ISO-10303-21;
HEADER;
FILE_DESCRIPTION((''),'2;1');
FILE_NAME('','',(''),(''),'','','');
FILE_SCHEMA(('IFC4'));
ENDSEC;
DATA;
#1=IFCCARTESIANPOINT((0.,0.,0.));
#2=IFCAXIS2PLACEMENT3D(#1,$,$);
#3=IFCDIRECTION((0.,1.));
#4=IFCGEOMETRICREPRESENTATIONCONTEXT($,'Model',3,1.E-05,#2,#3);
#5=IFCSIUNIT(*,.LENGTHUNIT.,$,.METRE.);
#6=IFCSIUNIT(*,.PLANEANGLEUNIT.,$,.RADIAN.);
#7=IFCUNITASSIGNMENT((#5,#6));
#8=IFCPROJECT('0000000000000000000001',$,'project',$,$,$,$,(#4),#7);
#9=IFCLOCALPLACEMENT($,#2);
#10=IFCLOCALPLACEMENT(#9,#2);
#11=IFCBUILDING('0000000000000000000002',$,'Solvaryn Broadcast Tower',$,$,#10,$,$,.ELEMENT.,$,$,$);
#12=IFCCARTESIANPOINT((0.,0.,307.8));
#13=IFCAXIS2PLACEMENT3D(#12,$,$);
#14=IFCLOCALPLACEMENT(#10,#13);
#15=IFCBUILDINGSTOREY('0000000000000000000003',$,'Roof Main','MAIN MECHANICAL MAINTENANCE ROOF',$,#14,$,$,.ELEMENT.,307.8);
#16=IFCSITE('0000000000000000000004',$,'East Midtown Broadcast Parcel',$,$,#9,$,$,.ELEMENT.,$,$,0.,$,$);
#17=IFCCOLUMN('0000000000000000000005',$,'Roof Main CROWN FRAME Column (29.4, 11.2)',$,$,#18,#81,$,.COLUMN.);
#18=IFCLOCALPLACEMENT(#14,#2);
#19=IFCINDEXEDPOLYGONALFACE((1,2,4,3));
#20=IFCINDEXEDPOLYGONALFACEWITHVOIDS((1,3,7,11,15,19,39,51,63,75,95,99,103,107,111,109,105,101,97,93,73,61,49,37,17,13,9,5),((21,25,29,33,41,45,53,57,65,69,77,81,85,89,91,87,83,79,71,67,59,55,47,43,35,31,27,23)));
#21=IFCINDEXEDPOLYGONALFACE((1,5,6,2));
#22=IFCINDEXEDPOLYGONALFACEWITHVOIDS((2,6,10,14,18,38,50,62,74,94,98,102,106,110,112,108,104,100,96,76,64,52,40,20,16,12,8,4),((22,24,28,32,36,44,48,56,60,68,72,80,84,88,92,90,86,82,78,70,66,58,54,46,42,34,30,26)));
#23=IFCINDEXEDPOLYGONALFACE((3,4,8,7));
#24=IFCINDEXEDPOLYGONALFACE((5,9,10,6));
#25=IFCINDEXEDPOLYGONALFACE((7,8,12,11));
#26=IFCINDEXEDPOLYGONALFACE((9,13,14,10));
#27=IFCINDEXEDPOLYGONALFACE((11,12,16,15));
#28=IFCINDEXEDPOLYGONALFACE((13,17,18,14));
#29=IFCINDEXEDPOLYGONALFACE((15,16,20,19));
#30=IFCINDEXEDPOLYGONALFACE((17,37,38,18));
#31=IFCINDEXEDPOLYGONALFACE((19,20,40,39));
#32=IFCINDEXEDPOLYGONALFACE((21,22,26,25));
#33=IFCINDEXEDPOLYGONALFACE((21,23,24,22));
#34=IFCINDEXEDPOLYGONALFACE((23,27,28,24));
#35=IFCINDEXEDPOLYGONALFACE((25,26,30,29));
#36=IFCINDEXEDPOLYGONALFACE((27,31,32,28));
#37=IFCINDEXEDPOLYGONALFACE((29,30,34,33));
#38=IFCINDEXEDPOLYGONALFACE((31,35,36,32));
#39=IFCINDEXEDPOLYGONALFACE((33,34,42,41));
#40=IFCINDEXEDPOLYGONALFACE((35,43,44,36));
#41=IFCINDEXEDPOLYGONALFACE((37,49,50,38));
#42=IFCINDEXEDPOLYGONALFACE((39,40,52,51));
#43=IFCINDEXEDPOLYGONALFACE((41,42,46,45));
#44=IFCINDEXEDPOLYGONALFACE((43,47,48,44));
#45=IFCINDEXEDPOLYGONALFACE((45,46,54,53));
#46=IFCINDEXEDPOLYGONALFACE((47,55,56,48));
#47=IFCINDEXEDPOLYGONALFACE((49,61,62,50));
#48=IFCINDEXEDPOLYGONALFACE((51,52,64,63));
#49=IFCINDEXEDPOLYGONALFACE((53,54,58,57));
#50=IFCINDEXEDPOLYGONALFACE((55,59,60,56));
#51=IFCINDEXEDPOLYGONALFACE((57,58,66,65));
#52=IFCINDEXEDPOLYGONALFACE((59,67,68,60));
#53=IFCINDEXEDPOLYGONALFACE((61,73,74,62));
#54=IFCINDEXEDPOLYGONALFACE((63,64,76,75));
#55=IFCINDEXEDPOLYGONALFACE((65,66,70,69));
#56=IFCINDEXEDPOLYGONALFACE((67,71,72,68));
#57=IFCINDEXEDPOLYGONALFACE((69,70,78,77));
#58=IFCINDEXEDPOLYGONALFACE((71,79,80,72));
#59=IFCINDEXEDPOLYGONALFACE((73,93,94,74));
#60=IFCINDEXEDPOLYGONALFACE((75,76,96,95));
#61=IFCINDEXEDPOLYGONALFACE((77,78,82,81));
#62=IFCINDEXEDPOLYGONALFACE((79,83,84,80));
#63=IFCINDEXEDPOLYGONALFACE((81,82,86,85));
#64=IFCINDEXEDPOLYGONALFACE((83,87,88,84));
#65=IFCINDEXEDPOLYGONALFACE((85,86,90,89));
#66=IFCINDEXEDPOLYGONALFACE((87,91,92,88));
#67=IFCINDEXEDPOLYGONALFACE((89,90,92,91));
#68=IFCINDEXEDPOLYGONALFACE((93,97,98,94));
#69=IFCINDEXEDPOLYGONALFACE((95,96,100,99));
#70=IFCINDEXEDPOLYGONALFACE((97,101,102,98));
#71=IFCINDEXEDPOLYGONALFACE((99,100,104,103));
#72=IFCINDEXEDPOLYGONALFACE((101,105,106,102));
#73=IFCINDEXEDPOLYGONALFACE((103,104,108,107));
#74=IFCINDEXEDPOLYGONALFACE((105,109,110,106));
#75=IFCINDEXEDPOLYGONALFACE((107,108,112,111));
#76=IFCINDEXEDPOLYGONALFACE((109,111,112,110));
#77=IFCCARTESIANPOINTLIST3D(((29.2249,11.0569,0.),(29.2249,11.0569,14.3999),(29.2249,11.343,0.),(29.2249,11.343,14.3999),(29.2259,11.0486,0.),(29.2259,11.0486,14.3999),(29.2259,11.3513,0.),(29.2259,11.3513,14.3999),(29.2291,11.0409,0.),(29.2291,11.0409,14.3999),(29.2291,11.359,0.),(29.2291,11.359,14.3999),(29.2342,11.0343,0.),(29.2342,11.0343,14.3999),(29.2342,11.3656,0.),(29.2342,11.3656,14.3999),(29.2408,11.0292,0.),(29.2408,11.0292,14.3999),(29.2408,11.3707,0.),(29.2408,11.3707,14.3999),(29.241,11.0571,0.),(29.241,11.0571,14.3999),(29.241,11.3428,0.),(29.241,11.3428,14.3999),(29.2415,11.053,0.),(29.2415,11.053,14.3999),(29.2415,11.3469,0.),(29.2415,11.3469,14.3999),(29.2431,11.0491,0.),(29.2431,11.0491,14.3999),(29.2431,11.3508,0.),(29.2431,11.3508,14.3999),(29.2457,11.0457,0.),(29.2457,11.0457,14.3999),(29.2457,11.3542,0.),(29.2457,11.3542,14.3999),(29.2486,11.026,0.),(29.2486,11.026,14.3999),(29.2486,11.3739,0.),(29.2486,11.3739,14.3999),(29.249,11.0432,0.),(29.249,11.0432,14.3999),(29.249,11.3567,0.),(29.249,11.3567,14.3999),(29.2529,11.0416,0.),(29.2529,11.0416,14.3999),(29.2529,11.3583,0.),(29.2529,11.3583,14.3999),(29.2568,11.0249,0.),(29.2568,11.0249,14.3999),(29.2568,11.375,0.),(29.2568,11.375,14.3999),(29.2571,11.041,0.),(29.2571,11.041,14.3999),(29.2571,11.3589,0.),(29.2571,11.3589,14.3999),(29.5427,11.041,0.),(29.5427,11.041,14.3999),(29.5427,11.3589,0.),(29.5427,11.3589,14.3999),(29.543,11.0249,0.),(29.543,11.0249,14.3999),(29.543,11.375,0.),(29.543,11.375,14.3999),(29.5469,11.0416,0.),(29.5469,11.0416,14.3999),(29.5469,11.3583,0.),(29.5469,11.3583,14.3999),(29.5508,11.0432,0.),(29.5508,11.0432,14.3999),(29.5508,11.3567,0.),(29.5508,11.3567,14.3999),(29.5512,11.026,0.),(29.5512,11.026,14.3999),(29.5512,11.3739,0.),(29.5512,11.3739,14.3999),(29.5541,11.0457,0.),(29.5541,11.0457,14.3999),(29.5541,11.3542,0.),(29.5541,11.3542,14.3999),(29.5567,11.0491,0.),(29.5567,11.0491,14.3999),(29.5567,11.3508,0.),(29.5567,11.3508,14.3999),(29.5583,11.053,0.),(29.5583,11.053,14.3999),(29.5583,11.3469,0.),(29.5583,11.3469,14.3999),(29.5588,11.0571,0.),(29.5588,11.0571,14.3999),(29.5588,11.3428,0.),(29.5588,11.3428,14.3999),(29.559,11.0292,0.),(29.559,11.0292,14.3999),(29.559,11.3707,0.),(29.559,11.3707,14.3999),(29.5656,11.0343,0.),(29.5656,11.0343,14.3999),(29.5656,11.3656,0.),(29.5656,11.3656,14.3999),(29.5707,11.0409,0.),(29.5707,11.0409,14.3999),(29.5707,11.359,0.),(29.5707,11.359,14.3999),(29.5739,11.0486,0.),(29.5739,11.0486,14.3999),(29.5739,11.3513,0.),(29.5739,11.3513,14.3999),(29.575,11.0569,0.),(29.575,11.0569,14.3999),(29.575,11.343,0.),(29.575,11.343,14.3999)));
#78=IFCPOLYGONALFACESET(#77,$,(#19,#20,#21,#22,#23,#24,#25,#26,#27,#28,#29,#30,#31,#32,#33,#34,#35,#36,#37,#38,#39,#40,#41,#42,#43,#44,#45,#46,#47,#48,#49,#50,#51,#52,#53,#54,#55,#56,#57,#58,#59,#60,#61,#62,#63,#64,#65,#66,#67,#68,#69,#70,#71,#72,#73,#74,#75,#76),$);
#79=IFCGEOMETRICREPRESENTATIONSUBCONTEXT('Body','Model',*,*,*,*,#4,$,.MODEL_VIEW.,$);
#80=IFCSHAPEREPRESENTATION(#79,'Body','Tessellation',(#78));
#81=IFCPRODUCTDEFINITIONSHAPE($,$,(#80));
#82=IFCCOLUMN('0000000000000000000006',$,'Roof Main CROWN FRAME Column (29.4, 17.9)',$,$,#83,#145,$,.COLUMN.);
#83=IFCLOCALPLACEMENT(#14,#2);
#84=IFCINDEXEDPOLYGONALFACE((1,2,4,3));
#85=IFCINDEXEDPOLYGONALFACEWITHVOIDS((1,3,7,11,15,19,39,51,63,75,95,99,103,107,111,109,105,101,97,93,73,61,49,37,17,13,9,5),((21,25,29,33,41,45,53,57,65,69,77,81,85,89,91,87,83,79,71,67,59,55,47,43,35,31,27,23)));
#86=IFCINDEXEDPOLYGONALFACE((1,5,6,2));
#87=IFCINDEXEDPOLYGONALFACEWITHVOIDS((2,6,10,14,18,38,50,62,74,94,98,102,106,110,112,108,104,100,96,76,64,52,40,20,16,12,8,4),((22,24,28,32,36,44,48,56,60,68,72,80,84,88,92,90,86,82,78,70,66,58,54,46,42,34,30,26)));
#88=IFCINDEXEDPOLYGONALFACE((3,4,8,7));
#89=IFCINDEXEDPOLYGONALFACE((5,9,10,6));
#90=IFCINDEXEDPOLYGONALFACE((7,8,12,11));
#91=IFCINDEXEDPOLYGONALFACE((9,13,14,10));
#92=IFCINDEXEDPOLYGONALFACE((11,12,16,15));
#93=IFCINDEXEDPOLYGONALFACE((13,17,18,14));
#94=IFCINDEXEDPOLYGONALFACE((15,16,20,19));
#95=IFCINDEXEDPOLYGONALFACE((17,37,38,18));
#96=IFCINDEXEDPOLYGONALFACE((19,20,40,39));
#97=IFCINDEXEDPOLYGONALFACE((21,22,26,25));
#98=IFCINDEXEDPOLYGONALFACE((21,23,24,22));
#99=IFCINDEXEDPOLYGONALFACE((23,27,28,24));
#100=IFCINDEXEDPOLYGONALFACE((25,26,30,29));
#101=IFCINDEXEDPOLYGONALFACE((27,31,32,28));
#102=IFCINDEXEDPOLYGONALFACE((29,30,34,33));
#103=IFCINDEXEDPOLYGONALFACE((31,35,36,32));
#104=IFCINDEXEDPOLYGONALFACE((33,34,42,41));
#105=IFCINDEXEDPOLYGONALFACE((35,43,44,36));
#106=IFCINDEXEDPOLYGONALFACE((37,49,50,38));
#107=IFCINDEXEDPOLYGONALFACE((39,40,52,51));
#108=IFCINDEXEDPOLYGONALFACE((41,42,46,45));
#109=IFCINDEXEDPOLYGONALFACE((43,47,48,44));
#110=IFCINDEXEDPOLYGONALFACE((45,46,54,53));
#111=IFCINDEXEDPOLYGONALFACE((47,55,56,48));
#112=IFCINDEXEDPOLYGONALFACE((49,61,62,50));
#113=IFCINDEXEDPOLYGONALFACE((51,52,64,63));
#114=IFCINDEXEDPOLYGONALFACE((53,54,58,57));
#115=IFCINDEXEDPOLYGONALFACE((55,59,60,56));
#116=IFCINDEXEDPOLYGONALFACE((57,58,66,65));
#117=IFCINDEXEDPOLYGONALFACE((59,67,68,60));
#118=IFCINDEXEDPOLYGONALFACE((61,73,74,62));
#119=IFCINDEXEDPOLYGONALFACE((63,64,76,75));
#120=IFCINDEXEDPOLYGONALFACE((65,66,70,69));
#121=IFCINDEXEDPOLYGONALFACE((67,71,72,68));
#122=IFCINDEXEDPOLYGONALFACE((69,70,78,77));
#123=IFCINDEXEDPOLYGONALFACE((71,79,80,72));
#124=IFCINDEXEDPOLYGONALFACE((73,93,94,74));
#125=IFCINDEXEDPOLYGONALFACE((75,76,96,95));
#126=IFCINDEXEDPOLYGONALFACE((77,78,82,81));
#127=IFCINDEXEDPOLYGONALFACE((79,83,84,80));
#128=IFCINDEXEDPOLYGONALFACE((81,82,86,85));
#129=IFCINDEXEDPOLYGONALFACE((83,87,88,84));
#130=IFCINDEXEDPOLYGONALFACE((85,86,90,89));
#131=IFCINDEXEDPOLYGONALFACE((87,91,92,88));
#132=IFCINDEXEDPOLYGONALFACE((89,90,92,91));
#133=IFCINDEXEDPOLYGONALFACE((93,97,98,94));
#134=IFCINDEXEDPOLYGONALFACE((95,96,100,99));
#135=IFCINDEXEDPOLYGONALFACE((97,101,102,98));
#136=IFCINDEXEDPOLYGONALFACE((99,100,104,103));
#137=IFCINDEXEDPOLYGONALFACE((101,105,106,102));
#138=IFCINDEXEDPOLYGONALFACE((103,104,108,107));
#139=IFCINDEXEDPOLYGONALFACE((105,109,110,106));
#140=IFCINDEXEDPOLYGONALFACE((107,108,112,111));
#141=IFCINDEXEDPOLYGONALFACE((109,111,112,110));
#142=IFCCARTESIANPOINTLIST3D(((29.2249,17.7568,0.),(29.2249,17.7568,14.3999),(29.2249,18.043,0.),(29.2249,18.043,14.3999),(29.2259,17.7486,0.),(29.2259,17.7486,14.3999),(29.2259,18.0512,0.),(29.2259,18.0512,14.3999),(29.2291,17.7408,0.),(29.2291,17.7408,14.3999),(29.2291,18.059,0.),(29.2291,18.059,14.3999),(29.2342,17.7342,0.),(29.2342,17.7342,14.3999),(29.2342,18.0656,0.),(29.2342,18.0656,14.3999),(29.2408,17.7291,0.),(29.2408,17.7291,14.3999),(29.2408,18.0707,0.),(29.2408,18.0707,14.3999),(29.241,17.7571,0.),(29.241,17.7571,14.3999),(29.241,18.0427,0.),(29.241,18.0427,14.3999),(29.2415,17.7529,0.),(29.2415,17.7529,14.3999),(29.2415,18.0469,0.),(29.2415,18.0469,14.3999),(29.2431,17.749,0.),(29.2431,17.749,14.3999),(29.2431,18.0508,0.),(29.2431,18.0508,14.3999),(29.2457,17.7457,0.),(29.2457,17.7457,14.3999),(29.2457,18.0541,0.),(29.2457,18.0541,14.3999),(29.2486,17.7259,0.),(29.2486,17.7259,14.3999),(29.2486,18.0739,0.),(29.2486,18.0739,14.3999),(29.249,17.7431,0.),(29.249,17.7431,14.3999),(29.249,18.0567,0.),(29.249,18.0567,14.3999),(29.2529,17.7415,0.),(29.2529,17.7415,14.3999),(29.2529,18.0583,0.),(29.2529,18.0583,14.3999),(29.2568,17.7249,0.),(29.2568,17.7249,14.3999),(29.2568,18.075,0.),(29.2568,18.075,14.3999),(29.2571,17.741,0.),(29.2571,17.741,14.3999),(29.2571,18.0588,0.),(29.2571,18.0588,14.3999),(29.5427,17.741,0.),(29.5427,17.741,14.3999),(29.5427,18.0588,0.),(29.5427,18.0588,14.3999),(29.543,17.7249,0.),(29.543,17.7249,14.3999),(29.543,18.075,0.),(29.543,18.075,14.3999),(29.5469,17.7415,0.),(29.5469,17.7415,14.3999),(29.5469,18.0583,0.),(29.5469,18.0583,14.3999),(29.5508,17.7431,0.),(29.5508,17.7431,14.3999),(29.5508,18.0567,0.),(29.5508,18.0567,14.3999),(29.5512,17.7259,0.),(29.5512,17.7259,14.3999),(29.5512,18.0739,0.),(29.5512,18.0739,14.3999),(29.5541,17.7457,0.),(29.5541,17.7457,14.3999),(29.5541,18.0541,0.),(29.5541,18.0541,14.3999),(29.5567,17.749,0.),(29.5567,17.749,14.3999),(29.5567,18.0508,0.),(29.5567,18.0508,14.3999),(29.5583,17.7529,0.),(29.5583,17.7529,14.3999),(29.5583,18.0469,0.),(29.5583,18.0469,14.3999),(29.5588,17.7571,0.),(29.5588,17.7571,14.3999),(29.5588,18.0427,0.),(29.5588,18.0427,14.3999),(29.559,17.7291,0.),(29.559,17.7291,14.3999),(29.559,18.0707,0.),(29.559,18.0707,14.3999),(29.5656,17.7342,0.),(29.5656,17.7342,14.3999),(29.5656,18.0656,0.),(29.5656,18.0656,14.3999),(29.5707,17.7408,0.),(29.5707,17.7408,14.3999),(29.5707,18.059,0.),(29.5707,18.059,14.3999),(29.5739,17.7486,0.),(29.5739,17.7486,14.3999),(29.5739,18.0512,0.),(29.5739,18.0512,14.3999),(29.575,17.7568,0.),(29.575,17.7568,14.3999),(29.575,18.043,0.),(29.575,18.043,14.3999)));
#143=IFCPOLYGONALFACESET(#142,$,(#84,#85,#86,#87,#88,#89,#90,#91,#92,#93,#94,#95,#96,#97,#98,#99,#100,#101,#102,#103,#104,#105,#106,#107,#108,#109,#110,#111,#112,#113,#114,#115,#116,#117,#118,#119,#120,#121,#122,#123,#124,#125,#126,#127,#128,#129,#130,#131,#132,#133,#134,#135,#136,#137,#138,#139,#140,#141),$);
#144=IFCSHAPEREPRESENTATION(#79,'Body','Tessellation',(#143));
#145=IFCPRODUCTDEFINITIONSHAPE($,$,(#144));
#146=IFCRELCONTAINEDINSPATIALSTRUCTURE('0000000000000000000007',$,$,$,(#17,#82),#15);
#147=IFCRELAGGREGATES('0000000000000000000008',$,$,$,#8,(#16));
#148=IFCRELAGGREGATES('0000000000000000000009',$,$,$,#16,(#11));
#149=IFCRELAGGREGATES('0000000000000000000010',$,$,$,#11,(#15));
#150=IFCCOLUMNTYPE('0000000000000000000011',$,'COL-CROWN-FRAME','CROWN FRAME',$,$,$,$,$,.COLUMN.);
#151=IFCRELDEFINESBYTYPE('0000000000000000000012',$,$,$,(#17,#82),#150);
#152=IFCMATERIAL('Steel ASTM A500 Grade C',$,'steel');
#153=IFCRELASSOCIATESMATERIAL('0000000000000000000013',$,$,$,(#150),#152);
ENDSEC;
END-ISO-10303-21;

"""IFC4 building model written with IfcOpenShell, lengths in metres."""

from ifc_helpers import new_model, si_unit, direction, frame, origin, origin_2d, place, context, subcontext, project, spatial, hollow_rectangle, extrude, material, material_profile, profile_set, type_object, element, save


model = new_model("IFC4")

# Units and contexts
model_context = context("Model", 3, precision=1e-05, world=origin(), true_north=direction((0.0, 1.0)))
body_context = subcontext(model_context, "Body", "Model", "MODEL_VIEW")
ifc_project = project(units=[si_unit("LENGTHUNIT", "METRE"), si_unit("PLANEANGLEUNIT", "RADIAN")], contexts=[model_context])

# Site, building, storey
site_placement = place(None, origin())
site = spatial("IfcSite", under=ifc_project, at=site_placement, Name="East Midtown Broadcast Parcel", CompositionType="ELEMENT", RefElevation=0.0)
building_placement = place(site_placement, origin())
building = spatial("IfcBuilding", under=site, at=building_placement, Name="Solvaryn Broadcast Tower", CompositionType="ELEMENT")
storey_placement = place(building_placement, frame((0.0, 0.0, 307.8)))
storey = spatial("IfcBuildingStorey", under=building, at=storey_placement, Name="Roof Main", Description="MAIN MECHANICAL MAINTENANCE ROOF", CompositionType="ELEMENT", Elevation=307.8)

# Columns
ifc_material_1 = material(Name="Steel ASTM A500 Grade C", Category="steel")
ifc_material_profile_1 = material_profile(ifc_material_1, hollow_rectangle(XDim=0.3501, YDim=0.3501, WallThickness=0.0161, InnerFilletRadius=0.0161, OuterFilletRadius=0.032, at=origin_2d()))
ifc_profile_set_1 = profile_set([ifc_material_profile_1], Name="Steel ASTM A500 Grade C")
column_type = type_object("IfcColumnType", Name="COL-CROWN-FRAME", Description="CROWN FRAME", PredefinedType="COLUMN", material=ifc_profile_set_1)
for number, where, z_axis, x_axis, name in (
    (1, (29.3999, 11.2, 0.0), (0.0, 0.0, 1.0), (1.0, 0.0, 0.0), "Roof Main CROWN FRAME Column (29.4, 11.2)"),
    (2, (29.3999, 17.8999, 0.0), (0.0, 0.0, 1.0), (1.0, 0.0, 0.0), "Roof Main CROWN FRAME Column (29.4, 17.9)"),
):
    element("IfcColumn", number, at=place(storey_placement, frame(where, z_axis=z_axis, x_axis=x_axis)), inside=storey, type_object=column_type, Name=name, PredefinedType="COLUMN", context=body_context, shape_type="SweptSolid", body=[
        extrude(hollow_rectangle(XDim=0.3501, YDim=0.3501, WallThickness=0.0161, InnerFilletRadius=0.0161, OuterFilletRadius=0.032, at=origin_2d()), origin(), (0.0, 0.0, 1.0), 14.3999),
    ])

save(model, "model.ifc")
